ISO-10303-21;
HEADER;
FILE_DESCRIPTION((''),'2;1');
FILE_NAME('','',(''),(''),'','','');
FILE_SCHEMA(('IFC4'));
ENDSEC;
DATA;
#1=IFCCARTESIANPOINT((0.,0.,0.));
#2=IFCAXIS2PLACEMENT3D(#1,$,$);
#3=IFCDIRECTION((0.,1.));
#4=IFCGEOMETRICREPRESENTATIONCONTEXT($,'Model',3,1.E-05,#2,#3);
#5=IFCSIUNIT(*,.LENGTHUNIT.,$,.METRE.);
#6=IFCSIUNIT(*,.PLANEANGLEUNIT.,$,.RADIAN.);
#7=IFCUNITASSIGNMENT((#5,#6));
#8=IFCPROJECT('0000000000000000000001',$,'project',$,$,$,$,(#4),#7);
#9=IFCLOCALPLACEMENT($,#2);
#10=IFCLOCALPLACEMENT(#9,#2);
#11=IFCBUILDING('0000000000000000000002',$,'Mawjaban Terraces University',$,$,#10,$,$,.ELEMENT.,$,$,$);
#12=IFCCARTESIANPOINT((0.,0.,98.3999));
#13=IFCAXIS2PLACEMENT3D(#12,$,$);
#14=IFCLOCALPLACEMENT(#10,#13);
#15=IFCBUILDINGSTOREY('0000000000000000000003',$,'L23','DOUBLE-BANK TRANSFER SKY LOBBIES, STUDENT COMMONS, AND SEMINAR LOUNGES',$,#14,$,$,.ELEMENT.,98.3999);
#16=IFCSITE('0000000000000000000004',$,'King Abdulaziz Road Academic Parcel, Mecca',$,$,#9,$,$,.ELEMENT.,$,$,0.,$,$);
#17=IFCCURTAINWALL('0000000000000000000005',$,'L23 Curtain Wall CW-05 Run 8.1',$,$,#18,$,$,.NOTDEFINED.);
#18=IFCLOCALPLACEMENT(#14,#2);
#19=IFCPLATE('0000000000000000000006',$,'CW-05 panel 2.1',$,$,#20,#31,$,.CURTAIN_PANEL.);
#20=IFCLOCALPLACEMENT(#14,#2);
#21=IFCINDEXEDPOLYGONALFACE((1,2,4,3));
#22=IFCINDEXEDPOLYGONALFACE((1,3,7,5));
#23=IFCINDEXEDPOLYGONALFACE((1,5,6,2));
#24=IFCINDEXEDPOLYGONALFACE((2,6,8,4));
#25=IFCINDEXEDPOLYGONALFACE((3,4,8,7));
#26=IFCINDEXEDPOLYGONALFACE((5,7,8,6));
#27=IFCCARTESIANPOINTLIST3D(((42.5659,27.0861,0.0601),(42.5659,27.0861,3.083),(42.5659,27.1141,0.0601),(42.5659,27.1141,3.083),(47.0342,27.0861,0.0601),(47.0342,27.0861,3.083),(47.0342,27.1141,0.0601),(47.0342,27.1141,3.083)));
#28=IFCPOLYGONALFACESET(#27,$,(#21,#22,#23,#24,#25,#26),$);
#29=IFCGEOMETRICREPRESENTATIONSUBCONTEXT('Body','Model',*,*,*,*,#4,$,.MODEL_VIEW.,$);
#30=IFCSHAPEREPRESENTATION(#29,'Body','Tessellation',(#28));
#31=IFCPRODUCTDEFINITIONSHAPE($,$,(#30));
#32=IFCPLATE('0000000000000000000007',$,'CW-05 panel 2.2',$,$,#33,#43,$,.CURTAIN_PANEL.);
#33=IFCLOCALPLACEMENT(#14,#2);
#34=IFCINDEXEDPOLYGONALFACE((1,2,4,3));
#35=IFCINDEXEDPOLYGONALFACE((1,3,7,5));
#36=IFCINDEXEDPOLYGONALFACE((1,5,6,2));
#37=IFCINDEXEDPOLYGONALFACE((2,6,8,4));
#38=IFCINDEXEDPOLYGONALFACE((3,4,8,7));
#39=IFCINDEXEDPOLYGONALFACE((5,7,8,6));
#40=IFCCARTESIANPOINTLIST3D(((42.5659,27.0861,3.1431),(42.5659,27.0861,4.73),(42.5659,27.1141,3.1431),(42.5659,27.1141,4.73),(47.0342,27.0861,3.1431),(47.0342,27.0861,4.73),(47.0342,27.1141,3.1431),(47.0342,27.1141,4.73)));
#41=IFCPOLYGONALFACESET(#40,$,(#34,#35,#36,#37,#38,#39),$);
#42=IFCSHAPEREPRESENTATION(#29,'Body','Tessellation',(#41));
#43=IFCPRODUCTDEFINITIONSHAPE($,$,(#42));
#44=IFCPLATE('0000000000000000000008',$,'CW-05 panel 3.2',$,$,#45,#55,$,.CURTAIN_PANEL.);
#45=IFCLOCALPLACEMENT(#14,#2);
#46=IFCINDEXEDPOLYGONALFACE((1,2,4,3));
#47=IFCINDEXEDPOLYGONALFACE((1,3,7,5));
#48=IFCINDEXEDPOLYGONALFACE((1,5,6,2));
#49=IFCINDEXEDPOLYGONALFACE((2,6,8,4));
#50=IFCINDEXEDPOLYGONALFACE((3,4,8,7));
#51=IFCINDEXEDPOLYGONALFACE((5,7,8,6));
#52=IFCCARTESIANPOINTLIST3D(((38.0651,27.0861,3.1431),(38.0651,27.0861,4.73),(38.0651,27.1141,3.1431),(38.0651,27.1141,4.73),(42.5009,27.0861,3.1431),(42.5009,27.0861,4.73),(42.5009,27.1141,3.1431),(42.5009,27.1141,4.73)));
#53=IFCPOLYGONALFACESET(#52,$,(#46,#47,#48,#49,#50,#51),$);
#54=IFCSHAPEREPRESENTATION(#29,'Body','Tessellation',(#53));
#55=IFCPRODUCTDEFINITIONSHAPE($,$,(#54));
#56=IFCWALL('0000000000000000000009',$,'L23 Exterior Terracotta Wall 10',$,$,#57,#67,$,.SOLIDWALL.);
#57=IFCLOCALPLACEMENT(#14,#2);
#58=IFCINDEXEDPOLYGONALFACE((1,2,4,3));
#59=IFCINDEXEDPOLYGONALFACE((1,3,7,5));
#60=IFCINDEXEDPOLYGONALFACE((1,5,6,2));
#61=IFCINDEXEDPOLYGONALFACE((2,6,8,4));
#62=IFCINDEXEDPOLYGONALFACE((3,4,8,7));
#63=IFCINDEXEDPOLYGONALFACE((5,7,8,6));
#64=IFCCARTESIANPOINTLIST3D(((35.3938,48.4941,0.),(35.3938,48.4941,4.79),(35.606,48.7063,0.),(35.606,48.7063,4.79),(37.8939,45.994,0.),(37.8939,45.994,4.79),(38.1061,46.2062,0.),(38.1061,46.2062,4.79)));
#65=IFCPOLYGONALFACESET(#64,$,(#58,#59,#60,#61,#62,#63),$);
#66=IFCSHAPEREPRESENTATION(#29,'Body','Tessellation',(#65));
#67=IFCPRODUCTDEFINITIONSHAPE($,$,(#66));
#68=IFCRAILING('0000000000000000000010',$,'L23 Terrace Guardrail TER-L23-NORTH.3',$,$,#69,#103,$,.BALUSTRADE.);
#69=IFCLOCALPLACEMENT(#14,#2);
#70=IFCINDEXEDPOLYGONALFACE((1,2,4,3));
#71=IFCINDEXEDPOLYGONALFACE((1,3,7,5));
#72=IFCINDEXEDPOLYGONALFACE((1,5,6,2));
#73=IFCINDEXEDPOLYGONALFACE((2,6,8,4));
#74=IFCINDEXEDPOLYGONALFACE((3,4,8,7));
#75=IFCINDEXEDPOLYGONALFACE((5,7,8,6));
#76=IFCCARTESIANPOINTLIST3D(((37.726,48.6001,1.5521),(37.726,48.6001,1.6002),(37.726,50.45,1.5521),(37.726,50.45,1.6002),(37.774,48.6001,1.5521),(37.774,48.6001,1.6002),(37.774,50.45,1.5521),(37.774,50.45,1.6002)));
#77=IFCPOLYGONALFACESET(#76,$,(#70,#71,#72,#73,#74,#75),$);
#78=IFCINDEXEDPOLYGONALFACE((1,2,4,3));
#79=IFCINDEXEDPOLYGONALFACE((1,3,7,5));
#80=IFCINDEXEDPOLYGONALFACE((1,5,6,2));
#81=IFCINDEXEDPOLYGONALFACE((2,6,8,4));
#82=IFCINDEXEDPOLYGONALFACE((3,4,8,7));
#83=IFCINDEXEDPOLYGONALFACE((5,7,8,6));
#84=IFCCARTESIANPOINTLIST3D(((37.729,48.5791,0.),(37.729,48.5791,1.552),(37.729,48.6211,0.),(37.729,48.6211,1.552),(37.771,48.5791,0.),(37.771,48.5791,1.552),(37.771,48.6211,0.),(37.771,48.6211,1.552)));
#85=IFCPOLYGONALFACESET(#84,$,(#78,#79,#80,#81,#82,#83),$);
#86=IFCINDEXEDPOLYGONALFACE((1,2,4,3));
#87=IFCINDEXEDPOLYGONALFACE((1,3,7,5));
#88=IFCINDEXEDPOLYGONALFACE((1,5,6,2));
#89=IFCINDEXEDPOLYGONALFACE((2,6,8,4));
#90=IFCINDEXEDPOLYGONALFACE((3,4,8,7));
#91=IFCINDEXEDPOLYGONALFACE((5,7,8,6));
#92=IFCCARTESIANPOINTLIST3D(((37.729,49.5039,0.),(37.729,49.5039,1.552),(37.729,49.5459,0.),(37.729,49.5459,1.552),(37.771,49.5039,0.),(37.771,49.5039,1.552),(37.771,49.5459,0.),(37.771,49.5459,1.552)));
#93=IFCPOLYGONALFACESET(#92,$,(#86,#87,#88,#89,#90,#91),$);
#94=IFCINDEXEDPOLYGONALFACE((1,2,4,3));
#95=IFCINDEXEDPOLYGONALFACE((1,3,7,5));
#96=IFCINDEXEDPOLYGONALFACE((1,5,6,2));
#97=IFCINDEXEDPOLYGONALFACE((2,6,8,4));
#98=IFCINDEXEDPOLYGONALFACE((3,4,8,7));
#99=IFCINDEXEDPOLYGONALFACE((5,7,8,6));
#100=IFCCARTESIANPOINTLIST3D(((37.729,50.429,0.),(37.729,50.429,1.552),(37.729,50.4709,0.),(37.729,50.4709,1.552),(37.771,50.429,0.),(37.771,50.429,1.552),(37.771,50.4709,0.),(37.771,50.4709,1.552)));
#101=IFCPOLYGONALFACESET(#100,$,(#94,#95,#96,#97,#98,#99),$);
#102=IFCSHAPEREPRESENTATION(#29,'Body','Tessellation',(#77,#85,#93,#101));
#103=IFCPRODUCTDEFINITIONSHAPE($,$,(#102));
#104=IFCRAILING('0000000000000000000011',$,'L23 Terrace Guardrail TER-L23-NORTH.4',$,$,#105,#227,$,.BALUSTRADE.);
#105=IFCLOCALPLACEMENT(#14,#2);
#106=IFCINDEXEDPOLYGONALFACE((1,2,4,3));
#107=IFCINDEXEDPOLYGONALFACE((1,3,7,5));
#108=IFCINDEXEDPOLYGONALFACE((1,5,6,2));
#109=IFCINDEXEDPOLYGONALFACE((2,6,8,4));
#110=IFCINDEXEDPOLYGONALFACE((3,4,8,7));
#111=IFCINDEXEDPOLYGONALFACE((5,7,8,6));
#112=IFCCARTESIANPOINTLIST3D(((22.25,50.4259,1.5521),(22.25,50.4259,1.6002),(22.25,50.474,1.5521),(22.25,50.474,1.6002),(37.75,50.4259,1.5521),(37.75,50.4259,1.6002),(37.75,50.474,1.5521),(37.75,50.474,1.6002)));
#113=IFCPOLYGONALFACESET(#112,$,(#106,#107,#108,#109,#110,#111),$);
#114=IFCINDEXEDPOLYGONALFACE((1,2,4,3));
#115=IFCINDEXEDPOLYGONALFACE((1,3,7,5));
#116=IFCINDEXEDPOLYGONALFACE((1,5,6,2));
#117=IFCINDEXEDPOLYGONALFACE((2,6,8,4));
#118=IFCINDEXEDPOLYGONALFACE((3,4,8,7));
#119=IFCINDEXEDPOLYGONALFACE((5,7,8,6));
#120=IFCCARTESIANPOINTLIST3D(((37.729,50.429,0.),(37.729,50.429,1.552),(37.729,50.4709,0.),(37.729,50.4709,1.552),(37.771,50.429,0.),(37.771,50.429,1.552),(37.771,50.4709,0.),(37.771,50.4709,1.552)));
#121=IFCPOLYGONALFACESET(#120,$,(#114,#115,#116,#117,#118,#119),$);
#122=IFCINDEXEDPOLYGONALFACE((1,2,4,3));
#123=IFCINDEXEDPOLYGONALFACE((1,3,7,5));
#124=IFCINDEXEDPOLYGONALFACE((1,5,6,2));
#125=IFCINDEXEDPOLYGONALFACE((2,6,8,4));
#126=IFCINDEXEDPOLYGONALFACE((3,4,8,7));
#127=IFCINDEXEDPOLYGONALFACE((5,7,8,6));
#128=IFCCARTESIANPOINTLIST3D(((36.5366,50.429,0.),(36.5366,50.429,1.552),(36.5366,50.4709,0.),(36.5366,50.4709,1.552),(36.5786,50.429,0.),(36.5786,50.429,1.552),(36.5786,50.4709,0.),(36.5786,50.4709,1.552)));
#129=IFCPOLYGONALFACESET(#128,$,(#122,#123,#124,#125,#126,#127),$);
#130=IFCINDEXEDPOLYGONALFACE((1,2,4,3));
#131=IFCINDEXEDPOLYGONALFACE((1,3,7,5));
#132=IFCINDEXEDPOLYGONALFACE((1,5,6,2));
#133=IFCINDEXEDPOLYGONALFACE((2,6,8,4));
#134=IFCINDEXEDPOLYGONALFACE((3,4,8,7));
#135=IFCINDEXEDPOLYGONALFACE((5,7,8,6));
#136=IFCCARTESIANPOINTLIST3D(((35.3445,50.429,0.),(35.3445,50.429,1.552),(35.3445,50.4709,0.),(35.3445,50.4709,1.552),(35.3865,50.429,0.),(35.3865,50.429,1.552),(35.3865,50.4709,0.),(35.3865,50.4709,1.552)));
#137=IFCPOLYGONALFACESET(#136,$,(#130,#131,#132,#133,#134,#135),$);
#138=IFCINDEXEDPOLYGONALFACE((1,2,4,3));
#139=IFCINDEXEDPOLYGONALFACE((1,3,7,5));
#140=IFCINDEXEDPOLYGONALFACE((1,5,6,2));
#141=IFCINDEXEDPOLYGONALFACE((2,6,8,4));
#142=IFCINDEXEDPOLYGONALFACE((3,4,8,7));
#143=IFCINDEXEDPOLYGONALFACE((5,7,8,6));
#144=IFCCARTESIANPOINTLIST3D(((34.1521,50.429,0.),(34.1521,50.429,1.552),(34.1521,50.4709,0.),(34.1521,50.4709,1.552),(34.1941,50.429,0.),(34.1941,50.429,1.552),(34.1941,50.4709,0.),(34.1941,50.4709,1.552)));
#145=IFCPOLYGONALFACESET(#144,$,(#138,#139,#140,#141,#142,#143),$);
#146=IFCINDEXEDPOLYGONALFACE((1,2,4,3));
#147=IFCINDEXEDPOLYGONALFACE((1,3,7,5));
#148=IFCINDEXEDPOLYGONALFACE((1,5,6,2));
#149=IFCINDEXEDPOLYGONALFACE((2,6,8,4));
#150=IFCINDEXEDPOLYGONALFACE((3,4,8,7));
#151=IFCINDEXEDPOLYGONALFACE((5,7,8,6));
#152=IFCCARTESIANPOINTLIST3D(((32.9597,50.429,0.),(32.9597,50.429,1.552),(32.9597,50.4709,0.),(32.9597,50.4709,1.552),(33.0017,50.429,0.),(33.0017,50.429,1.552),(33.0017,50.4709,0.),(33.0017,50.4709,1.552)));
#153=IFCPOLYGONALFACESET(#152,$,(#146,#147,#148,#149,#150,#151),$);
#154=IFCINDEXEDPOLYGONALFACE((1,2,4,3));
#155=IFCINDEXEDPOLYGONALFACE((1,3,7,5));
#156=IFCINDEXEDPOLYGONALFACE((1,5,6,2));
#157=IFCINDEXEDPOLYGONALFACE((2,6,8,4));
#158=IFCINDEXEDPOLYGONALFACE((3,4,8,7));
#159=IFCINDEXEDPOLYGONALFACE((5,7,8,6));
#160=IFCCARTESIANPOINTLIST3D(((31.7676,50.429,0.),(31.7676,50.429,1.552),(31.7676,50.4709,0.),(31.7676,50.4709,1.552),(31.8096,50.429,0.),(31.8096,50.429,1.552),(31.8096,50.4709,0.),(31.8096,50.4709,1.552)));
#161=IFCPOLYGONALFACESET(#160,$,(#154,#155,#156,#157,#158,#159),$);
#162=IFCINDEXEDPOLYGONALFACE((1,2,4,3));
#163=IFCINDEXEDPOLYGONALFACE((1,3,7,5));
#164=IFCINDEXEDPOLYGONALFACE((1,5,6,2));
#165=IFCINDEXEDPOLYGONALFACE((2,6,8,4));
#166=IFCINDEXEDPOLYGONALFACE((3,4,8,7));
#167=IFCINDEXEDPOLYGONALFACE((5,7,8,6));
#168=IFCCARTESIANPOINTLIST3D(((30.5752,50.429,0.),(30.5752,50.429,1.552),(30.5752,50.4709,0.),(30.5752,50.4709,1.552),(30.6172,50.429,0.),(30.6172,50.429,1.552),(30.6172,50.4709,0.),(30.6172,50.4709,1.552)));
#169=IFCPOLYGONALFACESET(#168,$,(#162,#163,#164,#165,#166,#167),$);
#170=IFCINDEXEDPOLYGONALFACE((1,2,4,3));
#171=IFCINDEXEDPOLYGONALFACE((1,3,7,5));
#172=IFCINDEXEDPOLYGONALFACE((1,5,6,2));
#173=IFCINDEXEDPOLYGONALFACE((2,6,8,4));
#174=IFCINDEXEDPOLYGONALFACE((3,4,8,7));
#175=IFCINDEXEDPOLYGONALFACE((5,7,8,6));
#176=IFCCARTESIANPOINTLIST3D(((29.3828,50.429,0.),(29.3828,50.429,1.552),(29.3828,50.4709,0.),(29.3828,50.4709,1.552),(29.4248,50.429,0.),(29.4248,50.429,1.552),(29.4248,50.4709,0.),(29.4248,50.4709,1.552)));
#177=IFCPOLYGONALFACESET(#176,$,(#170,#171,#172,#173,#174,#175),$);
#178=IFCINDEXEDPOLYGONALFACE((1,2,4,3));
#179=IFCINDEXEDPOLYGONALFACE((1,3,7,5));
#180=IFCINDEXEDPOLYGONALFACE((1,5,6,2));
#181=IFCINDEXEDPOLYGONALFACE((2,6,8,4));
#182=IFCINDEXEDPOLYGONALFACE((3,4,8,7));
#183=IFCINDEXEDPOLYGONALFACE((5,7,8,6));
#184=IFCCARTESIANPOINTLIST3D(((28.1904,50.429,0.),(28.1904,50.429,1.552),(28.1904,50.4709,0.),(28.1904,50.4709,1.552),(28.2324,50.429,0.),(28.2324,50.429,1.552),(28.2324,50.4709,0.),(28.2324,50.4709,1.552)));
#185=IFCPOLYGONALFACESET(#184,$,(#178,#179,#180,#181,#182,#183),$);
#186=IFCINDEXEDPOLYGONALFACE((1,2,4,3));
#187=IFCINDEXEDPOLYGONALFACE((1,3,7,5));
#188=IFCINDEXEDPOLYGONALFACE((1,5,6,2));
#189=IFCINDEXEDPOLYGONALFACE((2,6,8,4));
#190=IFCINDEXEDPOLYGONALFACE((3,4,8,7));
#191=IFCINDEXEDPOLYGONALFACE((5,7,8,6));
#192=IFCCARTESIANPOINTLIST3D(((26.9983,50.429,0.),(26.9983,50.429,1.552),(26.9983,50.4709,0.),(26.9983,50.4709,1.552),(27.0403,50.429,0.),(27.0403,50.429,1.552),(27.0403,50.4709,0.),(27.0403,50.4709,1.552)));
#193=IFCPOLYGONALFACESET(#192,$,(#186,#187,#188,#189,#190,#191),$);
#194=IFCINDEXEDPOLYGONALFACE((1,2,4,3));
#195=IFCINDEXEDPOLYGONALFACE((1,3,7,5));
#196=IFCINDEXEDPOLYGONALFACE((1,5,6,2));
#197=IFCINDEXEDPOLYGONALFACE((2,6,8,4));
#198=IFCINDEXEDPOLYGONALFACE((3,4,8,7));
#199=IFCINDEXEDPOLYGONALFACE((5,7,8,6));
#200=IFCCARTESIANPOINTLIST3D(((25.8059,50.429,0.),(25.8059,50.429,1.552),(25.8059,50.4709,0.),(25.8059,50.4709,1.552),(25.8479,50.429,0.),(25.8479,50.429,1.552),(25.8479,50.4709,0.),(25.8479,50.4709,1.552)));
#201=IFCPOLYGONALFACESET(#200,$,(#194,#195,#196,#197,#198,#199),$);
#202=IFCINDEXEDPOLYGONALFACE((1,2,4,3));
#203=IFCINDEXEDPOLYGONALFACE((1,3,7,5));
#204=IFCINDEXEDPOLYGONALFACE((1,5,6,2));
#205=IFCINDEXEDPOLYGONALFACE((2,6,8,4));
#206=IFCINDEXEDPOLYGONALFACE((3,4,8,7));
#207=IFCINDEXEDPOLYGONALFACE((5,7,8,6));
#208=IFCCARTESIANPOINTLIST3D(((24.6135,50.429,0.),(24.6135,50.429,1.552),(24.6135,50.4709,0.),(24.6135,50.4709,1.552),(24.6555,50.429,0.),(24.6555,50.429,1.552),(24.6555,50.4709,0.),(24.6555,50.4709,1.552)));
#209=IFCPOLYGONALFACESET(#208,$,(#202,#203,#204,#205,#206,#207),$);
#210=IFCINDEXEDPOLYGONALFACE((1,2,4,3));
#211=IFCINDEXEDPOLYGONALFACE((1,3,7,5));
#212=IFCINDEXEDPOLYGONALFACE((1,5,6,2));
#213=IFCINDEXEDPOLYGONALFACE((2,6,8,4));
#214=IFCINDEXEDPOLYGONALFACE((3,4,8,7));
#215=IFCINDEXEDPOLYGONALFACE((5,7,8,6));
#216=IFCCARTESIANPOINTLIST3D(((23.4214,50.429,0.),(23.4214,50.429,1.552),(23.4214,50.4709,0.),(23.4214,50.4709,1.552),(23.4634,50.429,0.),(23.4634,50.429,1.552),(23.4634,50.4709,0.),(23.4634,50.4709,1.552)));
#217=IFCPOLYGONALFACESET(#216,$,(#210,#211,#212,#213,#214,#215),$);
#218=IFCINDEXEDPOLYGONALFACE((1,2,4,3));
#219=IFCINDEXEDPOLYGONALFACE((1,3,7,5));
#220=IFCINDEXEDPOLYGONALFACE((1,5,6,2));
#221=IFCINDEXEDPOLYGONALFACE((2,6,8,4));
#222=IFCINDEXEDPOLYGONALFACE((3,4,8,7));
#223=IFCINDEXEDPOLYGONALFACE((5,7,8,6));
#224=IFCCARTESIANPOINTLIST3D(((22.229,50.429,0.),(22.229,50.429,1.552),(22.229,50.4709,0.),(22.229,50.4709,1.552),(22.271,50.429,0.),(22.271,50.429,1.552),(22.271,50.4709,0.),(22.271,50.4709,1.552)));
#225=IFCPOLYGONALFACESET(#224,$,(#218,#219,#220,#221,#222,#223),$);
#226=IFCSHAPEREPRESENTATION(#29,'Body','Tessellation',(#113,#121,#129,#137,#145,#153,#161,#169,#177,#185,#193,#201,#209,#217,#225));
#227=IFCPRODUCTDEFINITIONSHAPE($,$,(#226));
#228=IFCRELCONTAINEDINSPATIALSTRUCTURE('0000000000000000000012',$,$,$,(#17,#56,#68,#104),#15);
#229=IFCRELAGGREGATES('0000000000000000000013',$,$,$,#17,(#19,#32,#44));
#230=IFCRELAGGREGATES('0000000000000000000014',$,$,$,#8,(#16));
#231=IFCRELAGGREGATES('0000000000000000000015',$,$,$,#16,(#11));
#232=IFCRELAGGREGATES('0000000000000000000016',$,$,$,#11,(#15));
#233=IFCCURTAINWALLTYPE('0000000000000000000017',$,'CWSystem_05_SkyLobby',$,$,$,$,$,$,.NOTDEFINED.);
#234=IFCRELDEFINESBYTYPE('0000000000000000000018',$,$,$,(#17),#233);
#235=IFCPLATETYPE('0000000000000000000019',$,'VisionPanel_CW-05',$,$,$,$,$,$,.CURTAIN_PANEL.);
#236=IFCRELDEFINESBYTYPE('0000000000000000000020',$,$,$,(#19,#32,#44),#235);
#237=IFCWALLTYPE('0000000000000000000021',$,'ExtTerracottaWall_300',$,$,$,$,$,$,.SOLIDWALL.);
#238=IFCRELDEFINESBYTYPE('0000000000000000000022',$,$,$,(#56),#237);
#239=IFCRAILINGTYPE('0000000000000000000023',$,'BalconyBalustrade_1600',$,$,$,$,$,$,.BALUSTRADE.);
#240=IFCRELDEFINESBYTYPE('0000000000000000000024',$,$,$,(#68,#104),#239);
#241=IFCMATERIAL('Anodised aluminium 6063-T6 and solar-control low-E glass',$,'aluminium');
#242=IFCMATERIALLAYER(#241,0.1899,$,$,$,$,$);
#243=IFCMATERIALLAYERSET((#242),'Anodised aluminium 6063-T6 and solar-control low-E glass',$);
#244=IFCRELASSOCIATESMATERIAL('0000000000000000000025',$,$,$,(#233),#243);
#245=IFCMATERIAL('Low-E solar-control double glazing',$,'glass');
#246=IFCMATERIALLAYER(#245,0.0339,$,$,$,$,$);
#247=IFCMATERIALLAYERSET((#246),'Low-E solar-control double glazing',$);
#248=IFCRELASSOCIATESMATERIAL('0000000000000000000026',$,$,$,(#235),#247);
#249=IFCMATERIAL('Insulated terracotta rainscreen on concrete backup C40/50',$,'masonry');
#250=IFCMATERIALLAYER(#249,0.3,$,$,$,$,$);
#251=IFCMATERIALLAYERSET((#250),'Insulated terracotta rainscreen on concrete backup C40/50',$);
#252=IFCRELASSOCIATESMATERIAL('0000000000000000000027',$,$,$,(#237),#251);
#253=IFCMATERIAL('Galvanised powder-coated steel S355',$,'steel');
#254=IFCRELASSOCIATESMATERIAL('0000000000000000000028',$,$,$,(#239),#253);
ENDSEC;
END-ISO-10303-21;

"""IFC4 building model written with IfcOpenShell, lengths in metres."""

from ifc_helpers import new_model, si_unit, direction, frame, frame_2d, origin, origin_2d, place, context, subcontext, project, spatial, rectangle, extrude, material, layer, layer_set, type_object, element, aggregate, save


model = new_model("IFC4")

# Units and contexts
model_context = context("Model", 3, precision=1e-05, world=origin(), true_north=direction((0.0, 1.0)))
body_context = subcontext(model_context, "Body", "Model", "MODEL_VIEW")
ifc_project = project(units=[si_unit("LENGTHUNIT", "METRE"), si_unit("PLANEANGLEUNIT", "RADIAN")], contexts=[model_context])

# Site, building, storey
site_placement = place(None, origin())
site = spatial("IfcSite", under=ifc_project, at=site_placement, Name="King Abdulaziz Road Academic Parcel, Mecca", CompositionType="ELEMENT", RefElevation=0.0)
building_placement = place(site_placement, origin())
building = spatial("IfcBuilding", under=site, at=building_placement, Name="Mawjaban Terraces University", CompositionType="ELEMENT")
storey_placement = place(building_placement, frame((0.0, 0.0, 98.3999)))
storey = spatial("IfcBuildingStorey", under=building, at=storey_placement, Name="L23", Description="DOUBLE-BANK TRANSFER SKY LOBBIES, STUDENT COMMONS, AND SEMINAR LOUNGES", CompositionType="ELEMENT", Elevation=98.3999)

# Curtain wall, plates
ifc_material_1 = material(Name="Anodised aluminium 6063-T6 and solar-control low-E glass", Category="aluminium")
ifc_layer_1 = layer(ifc_material_1, 0.1899)
ifc_layer_set_1 = layer_set([ifc_layer_1], Name="Anodised aluminium 6063-T6 and solar-control low-E glass")
curtain_wall_type = type_object("IfcCurtainWallType", Name="CWSystem_05_SkyLobby", PredefinedType="NOTDEFINED", material=ifc_layer_set_1)
curtain_wall_placement = place(storey_placement, origin())
curtain_wall = element("IfcCurtainWall", 1, at=curtain_wall_placement, inside=storey, type_object=curtain_wall_type, Name="L23 Curtain Wall CW-05 Run 8.1", PredefinedType="NOTDEFINED")
ifc_material_2 = material(Name="Low-E solar-control double glazing", Category="glass")
ifc_layer_2 = layer(ifc_material_2, 0.0339)
ifc_layer_set_2 = layer_set([ifc_layer_2], Name="Low-E solar-control double glazing")
plate_type = type_object("IfcPlateType", Name="VisionPanel_CW-05", PredefinedType="CURTAIN_PANEL", material=ifc_layer_set_2)
plate_1_placement = place(storey_placement, frame((44.8, 27.1001, 0.0601), z_axis=(0.0, 0.0, 1.0), x_axis=(-1.0, 0.0, 0.0)))
plate_1 = element("IfcPlate", 2, at=plate_1_placement, type_object=plate_type, Name="CW-05 panel 2.1", PredefinedType="CURTAIN_PANEL", context=body_context, shape_type="SweptSolid", body=[
    extrude(rectangle(XDim=4.4683, YDim=0.0281, at=origin_2d()), origin(), (0.0, 0.0, 1.0), 3.0229),
])
plate_2_placement = place(storey_placement, frame((44.8, 27.1001, 3.1431), z_axis=(0.0, 0.0, 1.0), x_axis=(-1.0, 0.0, 0.0)))
plate_2 = element("IfcPlate", 3, at=plate_2_placement, type_object=plate_type, Name="CW-05 panel 2.2", PredefinedType="CURTAIN_PANEL", context=body_context, shape_type="SweptSolid", body=[
    extrude(rectangle(XDim=4.4683, YDim=0.0281, at=origin_2d()), origin(), (0.0, 0.0, 1.0), 1.5869),
])
plate_3_placement = place(storey_placement, frame((40.283, 27.1001, 3.1431), z_axis=(0.0, 0.0, 1.0), x_axis=(-1.0, 0.0, 0.0)))
plate_3 = element("IfcPlate", 4, at=plate_3_placement, type_object=plate_type, Name="CW-05 panel 3.2", PredefinedType="CURTAIN_PANEL", context=body_context, shape_type="SweptSolid", body=[
    extrude(rectangle(XDim=4.4358, YDim=0.0281, at=origin_2d()), origin(), (0.0, 0.0, 1.0), 1.5869),
])
aggregate(curtain_wall, [plate_1, plate_2, plate_3])

# Wall
ifc_material_3 = material(Name="Insulated terracotta rainscreen on concrete backup C40/50", Category="masonry")
ifc_layer_3 = layer(ifc_material_3, 0.3)
ifc_layer_set_3 = layer_set([ifc_layer_3], Name="Insulated terracotta rainscreen on concrete backup C40/50")
wall_type = type_object("IfcWallType", Name="ExtTerracottaWall_300", PredefinedType="SOLIDWALL", material=ifc_layer_set_3)
wall_placement = place(storey_placement, frame((38.0, 46.1001, 0.0), z_axis=(0.0, 0.0, 1.0), x_axis=(-0.707107, 0.707107, 0.0)))
element("IfcWall", 5, at=wall_placement, inside=storey, type_object=wall_type, Name="L23 Exterior Terracotta Wall 10", PredefinedType="SOLIDWALL", context=body_context, shape_type="SweptSolid", body=[
    extrude(rectangle(XDim=3.5356, YDim=0.3, at=frame_2d((1.7678, 0.0))), origin(), (0.0, 0.0, 1.0), 4.79),
])

# Railings
ifc_material_4 = material(Name="Galvanised powder-coated steel S355", Category="steel")
railing_type = type_object("IfcRailingType", Name="BalconyBalustrade_1600", PredefinedType="BALUSTRADE", material=ifc_material_4)
railing_1_placement = place(storey_placement, frame((37.75, 48.6001, 0.0)))
element("IfcRailing", 6, at=railing_1_placement, inside=storey, type_object=railing_type, Name="L23 Terrace Guardrail TER-L23-NORTH.3", PredefinedType="BALUSTRADE", context=body_context, shape_type="SweptSolid", body=[
    extrude(rectangle(XDim=0.0481, YDim=0.0481, at=origin_2d()), frame((0.0, 0.0, 1.5762), z_axis=(0.0, 1.0, 0.0), x_axis=(-1.0, 0.0, 0.0)), (0.0, 0.0, 1.0), 1.8499),
    extrude(rectangle(XDim=0.042, YDim=0.042, at=origin_2d()), origin(), (0.0, 0.0, 1.0), 1.552),
    extrude(rectangle(XDim=0.042, YDim=0.042, at=origin_2d()), frame((0.0, 0.9248, 0.0)), (0.0, 0.0, 1.0), 1.552),
    extrude(rectangle(XDim=0.042, YDim=0.042, at=origin_2d()), frame((0.0, 1.8499, 0.0)), (0.0, 0.0, 1.0), 1.552),
])
railing_2_placement = place(storey_placement, frame((37.75, 50.45, 0.0)))
element("IfcRailing", 7, at=railing_2_placement, inside=storey, type_object=railing_type, Name="L23 Terrace Guardrail TER-L23-NORTH.4", PredefinedType="BALUSTRADE", context=body_context, shape_type="SweptSolid", body=[
    extrude(rectangle(XDim=0.0481, YDim=0.0481, at=origin_2d()), frame((0.0, 0.0, 1.5762), z_axis=(-1.0, 0.0, 0.0), x_axis=(0.0, -1.0, 0.0)), (0.0, 0.0, 1.0), 15.5),
    extrude(rectangle(XDim=0.042, YDim=0.042, at=origin_2d()), origin(), (0.0, 0.0, 1.0), 1.552),
    extrude(rectangle(XDim=0.042, YDim=0.042, at=origin_2d()), frame((-1.1924, 0.0, 0.0)), (0.0, 0.0, 1.0), 1.552),
    extrude(rectangle(XDim=0.042, YDim=0.042, at=origin_2d()), frame((-2.3845, 0.0, 0.0)), (0.0, 0.0, 1.0), 1.552),
    extrude(rectangle(XDim=0.042, YDim=0.042, at=origin_2d()), frame((-3.5769, 0.0, 0.0)), (0.0, 0.0, 1.0), 1.552),
    extrude(rectangle(XDim=0.042, YDim=0.042, at=origin_2d()), frame((-4.7693, 0.0, 0.0)), (0.0, 0.0, 1.0), 1.552),
    extrude(rectangle(XDim=0.042, YDim=0.042, at=origin_2d()), frame((-5.9614, 0.0, 0.0)), (0.0, 0.0, 1.0), 1.552),
    extrude(rectangle(XDim=0.042, YDim=0.042, at=origin_2d()), frame((-7.1538, 0.0, 0.0)), (0.0, 0.0, 1.0), 1.552),
    extrude(rectangle(XDim=0.042, YDim=0.042, at=origin_2d()), frame((-8.3462, 0.0, 0.0)), (0.0, 0.0, 1.0), 1.552),
    extrude(rectangle(XDim=0.042, YDim=0.042, at=origin_2d()), frame((-9.5386, 0.0, 0.0)), (0.0, 0.0, 1.0), 1.552),
    extrude(rectangle(XDim=0.042, YDim=0.042, at=origin_2d()), frame((-10.7307, 0.0, 0.0)), (0.0, 0.0, 1.0), 1.552),
    extrude(rectangle(XDim=0.042, YDim=0.042, at=origin_2d()), frame((-11.9231, 0.0, 0.0)), (0.0, 0.0, 1.0), 1.552),
    extrude(rectangle(XDim=0.042, YDim=0.042, at=origin_2d()), frame((-13.1155, 0.0, 0.0)), (0.0, 0.0, 1.0), 1.552),
    extrude(rectangle(XDim=0.042, YDim=0.042, at=origin_2d()), frame((-14.3076, 0.0, 0.0)), (0.0, 0.0, 1.0), 1.552),
    extrude(rectangle(XDim=0.042, YDim=0.042, at=origin_2d()), frame((-15.5, 0.0, 0.0)), (0.0, 0.0, 1.0), 1.552),
])

save(model, "model.ifc")
